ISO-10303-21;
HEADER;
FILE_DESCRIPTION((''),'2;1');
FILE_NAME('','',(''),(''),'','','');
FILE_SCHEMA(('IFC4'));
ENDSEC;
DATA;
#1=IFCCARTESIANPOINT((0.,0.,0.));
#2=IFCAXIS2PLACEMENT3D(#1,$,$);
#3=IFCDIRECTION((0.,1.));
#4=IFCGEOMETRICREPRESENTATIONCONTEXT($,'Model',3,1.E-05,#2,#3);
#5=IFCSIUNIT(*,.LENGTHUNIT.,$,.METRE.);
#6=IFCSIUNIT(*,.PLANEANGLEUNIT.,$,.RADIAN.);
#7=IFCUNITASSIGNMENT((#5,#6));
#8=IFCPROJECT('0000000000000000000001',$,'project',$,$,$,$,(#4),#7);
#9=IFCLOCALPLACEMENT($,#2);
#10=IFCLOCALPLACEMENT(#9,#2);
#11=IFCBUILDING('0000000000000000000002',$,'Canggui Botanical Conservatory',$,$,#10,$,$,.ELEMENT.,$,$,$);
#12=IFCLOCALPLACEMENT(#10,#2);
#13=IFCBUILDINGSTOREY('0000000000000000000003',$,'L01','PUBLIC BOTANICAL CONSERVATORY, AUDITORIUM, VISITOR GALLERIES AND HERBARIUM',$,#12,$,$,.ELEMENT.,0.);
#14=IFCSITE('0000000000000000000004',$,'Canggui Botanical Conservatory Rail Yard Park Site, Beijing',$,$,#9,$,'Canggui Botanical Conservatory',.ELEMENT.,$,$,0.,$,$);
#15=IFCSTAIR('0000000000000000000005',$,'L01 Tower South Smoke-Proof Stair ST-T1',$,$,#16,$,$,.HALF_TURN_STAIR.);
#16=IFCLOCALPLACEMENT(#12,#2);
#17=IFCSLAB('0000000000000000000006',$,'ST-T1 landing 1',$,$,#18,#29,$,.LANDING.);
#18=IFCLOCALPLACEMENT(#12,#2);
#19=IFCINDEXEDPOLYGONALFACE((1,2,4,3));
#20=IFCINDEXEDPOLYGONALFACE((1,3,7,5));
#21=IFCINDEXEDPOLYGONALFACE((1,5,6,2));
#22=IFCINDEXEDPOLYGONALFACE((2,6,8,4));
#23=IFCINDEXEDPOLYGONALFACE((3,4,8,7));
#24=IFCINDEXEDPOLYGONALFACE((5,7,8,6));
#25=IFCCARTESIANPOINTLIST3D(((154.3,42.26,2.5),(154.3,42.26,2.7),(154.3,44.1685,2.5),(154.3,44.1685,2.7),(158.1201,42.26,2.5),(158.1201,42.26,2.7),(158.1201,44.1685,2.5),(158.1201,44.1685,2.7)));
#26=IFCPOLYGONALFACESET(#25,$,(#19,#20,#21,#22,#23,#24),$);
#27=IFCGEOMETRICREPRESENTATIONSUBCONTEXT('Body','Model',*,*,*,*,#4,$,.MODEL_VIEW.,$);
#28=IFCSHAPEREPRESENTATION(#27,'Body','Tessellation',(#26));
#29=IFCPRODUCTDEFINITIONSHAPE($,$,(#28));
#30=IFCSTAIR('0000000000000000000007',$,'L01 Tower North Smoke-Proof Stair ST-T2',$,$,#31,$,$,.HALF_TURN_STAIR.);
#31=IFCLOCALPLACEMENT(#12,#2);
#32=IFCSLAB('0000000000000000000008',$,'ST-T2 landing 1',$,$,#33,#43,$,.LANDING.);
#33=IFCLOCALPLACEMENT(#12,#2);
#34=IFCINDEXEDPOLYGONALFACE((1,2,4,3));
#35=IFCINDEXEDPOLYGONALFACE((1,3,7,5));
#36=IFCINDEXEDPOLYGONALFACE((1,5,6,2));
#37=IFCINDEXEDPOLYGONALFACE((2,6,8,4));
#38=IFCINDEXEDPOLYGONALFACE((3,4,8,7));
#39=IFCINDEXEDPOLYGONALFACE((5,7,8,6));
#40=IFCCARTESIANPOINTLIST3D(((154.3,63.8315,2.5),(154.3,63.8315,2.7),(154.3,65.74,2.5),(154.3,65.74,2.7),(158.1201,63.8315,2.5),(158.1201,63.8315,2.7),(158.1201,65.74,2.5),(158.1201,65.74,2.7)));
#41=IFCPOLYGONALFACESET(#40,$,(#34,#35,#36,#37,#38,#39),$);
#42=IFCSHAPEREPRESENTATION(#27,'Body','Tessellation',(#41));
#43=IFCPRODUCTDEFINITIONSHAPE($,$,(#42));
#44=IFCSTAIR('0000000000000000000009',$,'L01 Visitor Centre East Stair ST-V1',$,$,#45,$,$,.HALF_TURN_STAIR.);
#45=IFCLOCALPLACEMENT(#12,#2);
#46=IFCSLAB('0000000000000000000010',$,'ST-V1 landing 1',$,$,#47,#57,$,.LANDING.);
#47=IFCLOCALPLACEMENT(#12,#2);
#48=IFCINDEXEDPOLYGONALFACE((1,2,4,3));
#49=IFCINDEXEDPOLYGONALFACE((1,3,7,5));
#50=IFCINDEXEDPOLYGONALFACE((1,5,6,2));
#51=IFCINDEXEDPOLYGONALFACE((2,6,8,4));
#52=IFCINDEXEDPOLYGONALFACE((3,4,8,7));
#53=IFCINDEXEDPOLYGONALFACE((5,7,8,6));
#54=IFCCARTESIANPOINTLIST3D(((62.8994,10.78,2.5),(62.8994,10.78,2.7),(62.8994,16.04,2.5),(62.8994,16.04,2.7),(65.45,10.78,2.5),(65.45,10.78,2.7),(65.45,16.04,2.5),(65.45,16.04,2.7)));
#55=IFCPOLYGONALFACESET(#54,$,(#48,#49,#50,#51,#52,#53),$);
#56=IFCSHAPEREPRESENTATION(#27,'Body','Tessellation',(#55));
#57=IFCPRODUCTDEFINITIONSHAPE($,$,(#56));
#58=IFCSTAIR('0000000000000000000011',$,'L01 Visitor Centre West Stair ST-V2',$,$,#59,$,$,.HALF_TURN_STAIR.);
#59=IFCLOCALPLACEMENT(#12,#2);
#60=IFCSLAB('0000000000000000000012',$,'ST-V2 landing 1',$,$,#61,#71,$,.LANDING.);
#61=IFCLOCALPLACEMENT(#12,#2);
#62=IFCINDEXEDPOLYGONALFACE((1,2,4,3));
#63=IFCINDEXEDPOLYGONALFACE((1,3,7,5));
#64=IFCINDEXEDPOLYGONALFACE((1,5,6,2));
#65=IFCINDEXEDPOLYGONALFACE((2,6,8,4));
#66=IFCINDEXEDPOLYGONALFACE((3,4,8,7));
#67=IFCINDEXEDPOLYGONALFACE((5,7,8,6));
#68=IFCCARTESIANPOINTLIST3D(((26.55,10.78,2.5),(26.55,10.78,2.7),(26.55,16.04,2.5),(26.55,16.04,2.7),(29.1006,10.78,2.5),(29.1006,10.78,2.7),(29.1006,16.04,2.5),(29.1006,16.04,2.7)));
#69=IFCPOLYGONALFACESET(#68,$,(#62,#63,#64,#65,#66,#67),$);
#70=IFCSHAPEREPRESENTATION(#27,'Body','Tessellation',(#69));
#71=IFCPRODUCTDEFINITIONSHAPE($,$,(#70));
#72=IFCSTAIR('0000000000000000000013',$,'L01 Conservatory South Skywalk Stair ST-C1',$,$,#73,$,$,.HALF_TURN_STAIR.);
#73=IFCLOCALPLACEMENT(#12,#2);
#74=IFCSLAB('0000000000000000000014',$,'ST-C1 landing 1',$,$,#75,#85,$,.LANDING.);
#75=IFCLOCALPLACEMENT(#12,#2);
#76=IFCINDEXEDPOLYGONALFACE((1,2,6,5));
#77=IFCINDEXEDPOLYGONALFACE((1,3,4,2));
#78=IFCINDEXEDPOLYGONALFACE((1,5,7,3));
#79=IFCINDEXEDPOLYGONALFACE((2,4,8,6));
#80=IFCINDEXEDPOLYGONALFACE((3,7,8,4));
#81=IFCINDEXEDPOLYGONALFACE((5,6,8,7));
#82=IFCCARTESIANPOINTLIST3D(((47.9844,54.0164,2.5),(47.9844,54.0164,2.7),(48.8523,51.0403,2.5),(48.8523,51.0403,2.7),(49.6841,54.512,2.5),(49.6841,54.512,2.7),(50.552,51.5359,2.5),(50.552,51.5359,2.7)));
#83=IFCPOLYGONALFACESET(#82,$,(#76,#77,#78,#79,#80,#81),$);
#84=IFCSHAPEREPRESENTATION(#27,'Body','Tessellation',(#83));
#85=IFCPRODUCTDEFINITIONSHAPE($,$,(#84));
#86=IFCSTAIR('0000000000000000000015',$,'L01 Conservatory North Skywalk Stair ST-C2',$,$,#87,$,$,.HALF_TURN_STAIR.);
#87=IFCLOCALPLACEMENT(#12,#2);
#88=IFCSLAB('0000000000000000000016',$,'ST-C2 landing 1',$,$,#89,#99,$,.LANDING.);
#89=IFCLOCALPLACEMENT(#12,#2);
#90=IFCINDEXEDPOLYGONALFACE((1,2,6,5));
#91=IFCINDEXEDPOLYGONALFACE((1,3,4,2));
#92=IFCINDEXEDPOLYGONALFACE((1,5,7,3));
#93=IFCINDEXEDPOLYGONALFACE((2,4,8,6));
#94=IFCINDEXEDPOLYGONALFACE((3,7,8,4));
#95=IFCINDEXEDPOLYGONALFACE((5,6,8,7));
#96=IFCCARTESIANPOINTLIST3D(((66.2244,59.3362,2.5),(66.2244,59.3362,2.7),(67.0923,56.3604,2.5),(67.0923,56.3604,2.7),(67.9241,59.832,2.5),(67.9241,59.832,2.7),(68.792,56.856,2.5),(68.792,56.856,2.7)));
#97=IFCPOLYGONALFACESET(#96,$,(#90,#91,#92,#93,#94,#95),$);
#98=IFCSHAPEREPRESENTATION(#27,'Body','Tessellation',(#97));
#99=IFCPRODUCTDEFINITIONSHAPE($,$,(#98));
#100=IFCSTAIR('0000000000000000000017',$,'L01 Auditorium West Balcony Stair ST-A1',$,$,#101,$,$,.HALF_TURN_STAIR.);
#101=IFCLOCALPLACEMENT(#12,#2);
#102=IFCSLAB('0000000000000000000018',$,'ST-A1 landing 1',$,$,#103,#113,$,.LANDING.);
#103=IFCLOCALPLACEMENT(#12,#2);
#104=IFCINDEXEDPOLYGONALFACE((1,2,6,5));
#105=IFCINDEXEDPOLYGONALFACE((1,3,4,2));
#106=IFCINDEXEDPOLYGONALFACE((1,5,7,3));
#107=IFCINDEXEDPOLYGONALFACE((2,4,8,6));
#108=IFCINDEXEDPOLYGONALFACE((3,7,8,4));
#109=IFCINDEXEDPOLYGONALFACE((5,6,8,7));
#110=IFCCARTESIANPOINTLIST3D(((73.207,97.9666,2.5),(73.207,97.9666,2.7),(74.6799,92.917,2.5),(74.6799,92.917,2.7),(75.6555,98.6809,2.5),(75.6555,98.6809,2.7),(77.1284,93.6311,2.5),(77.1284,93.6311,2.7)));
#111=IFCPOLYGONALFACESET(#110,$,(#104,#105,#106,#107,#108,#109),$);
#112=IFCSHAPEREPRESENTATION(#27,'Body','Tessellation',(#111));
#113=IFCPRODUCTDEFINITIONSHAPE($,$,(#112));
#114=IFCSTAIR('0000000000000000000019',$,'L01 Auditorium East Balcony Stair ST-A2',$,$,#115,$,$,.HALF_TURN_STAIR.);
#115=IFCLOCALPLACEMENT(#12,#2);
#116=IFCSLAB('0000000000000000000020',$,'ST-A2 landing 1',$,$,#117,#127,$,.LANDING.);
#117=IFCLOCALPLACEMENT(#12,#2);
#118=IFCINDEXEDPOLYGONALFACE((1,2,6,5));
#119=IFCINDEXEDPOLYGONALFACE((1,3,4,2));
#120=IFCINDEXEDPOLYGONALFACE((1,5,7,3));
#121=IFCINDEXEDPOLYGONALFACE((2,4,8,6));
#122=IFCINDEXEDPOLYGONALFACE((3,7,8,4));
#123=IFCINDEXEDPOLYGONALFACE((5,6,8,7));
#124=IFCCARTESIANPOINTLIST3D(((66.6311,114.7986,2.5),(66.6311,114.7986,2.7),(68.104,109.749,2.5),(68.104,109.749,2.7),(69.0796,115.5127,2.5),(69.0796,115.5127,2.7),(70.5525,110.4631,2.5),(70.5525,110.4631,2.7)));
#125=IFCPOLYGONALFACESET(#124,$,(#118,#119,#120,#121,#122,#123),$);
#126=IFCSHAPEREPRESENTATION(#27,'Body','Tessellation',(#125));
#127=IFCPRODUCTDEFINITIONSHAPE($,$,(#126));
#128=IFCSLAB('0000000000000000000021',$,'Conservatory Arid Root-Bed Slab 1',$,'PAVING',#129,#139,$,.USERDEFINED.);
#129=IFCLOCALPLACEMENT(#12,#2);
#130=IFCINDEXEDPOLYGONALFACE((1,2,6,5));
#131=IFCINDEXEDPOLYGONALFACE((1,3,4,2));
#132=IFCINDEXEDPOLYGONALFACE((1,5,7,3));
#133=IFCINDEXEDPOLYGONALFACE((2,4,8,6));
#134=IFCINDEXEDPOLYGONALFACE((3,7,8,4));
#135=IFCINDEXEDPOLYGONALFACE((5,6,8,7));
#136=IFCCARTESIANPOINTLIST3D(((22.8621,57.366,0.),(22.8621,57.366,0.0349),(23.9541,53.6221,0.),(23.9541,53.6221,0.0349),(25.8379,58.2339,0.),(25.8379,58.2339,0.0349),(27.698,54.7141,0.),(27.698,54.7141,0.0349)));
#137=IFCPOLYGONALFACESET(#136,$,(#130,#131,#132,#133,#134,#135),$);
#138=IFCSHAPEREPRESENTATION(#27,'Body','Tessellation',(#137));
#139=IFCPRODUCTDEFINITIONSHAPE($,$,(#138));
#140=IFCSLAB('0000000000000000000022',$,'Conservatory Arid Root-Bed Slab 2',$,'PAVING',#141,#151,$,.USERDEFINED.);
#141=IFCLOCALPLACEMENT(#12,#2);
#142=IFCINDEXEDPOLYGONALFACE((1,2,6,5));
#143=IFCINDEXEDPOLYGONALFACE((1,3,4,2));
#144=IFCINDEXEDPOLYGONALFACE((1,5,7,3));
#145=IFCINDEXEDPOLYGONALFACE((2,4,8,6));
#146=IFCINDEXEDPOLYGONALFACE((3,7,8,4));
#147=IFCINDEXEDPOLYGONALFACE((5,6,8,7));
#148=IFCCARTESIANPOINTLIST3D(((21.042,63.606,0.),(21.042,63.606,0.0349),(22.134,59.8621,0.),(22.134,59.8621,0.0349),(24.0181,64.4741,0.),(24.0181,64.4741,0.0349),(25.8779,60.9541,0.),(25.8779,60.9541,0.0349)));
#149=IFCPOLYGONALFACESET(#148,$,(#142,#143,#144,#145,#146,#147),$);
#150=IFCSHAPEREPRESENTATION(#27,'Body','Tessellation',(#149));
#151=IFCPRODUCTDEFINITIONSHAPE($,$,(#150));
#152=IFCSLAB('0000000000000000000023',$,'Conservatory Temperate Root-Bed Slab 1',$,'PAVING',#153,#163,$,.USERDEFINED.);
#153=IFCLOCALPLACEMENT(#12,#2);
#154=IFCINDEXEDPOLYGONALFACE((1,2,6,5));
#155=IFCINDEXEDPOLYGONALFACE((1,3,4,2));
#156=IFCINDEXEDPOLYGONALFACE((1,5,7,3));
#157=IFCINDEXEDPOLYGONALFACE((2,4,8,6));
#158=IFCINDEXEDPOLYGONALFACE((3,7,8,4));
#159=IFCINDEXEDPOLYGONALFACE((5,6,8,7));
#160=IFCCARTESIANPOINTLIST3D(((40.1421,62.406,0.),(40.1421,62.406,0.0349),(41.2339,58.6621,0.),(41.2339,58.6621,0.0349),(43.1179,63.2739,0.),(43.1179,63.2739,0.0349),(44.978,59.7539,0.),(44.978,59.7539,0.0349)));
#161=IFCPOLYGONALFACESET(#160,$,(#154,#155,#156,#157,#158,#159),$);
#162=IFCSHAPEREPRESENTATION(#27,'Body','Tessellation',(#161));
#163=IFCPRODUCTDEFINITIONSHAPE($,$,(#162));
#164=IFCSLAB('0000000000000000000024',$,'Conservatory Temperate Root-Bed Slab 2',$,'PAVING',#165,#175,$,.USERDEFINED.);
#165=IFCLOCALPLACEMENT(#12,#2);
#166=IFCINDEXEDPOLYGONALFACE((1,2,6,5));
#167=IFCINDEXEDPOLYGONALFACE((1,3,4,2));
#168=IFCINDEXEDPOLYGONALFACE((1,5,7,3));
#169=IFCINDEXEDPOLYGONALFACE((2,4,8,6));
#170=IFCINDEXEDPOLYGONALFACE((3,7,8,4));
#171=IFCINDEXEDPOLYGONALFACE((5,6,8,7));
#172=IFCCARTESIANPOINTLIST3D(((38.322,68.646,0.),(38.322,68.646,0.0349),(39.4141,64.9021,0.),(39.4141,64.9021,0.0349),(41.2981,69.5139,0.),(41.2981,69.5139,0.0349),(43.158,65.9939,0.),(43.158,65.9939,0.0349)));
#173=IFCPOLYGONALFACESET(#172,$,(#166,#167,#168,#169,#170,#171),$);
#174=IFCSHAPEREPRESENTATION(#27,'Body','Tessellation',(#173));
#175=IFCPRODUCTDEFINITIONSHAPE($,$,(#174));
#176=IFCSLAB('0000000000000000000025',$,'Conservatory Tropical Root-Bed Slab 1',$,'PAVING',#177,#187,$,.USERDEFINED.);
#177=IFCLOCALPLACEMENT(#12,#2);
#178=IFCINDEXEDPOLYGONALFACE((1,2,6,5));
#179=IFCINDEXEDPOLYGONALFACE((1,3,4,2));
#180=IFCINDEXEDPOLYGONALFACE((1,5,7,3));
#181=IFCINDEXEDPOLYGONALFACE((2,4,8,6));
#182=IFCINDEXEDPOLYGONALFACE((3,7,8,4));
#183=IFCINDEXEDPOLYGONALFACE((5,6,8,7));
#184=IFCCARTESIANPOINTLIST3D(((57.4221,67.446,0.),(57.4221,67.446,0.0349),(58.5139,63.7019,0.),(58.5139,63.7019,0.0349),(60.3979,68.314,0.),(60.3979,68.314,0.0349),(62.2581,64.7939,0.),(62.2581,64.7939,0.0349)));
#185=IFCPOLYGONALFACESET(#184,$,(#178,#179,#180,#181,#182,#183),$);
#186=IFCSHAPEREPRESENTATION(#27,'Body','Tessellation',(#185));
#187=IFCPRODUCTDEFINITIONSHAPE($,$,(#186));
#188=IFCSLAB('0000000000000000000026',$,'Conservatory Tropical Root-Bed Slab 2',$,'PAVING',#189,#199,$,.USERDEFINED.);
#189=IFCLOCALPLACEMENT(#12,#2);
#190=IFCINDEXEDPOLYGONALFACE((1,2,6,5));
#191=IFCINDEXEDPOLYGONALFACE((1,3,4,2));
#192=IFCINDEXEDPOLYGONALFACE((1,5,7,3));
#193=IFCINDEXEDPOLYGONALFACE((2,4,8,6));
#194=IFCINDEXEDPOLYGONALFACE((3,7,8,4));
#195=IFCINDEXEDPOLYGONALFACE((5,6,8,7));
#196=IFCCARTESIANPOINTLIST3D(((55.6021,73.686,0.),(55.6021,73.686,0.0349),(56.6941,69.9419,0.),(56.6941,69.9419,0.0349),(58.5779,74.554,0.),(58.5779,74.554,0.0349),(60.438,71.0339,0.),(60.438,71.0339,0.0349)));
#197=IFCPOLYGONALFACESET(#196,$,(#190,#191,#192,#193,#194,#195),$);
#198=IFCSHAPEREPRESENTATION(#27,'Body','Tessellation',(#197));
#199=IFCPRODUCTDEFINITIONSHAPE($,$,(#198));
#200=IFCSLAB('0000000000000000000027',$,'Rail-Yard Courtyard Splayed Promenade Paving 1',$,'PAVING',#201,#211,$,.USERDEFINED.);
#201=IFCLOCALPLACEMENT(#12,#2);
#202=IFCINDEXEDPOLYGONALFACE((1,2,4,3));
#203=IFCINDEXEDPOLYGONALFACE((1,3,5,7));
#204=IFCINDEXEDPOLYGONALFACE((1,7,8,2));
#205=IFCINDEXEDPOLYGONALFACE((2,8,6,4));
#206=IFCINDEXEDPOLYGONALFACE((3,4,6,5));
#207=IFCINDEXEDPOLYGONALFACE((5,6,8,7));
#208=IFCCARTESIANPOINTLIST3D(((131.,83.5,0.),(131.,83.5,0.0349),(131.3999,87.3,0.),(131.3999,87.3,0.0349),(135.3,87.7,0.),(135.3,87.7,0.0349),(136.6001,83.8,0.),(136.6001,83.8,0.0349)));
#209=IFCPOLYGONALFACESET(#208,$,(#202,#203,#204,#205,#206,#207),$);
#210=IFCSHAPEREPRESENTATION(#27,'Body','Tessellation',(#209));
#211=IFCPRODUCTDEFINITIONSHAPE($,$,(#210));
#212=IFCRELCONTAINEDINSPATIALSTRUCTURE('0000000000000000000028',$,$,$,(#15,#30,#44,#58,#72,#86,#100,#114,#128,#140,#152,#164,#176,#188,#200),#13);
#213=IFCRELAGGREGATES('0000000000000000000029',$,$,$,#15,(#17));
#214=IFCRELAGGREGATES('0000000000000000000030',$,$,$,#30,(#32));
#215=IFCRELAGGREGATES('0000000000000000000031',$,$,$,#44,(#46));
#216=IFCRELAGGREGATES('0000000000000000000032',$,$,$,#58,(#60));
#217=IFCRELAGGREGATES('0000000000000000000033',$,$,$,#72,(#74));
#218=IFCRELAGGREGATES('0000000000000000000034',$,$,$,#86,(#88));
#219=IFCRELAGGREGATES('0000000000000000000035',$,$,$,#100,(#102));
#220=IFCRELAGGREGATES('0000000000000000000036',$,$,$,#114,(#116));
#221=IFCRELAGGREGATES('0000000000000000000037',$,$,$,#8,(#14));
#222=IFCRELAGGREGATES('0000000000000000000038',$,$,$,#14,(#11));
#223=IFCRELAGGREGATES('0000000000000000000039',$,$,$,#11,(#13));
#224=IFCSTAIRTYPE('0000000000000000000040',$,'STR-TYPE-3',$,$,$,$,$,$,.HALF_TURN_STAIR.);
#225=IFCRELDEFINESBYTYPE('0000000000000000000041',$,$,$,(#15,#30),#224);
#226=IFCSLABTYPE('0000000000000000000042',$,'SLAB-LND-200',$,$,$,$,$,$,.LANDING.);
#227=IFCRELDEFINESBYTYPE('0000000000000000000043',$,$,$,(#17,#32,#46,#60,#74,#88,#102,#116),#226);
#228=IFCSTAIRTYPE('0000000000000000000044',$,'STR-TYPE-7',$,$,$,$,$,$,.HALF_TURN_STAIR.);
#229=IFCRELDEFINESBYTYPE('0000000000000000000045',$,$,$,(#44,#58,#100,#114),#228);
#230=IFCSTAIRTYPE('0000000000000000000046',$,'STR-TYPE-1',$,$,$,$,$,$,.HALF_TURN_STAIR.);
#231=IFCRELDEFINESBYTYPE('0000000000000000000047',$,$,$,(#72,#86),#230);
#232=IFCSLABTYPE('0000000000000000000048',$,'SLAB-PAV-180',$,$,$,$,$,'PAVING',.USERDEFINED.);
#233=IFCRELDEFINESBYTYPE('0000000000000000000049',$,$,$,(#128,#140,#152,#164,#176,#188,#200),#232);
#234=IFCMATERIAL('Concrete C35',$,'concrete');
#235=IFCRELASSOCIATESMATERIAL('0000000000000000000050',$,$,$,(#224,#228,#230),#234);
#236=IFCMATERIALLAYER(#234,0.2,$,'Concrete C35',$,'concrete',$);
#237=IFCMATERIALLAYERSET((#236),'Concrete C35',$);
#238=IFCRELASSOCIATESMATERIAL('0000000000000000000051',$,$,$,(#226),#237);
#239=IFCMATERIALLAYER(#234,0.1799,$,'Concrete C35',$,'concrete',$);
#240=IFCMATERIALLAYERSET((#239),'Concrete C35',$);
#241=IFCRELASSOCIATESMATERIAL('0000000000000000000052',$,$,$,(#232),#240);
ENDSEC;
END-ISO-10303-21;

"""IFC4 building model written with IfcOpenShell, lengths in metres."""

from ifc_helpers import new_model, si_unit, direction, frame, origin, place, context, subcontext, project, spatial, polyline, outline, extrude, material, layer, layer_set, type_object, element, aggregate, save


model = new_model("IFC4")

# Units and contexts
model_context = context("Model", 3, precision=1e-05, world=origin(), true_north=direction((0.0, 1.0)))
body_context = subcontext(model_context, "Body", "Model", "MODEL_VIEW")
ifc_project = project(units=[si_unit("LENGTHUNIT", "METRE"), si_unit("PLANEANGLEUNIT", "RADIAN")], contexts=[model_context])

# Site, building, storey
site_placement = place(None, origin())
site = spatial("IfcSite", under=ifc_project, at=site_placement, Name="Canggui Botanical Conservatory Rail Yard Park Site, Beijing", LongName="Canggui Botanical Conservatory", CompositionType="ELEMENT", RefElevation=0.0)
building_placement = place(site_placement, origin())
building = spatial("IfcBuilding", under=site, at=building_placement, Name="Canggui Botanical Conservatory", CompositionType="ELEMENT")
storey_placement = place(building_placement, origin())
storey = spatial("IfcBuildingStorey", under=building, at=storey_placement, Name="L01", Description="PUBLIC BOTANICAL CONSERVATORY, AUDITORIUM, VISITOR GALLERIES AND HERBARIUM", CompositionType="ELEMENT", Elevation=0.0)

# Stairs, slabs
ifc_material_1 = material(Name="Concrete C35", Category="concrete")
stair_type_1 = type_object("IfcStairType", Name="STR-TYPE-3", PredefinedType="HALF_TURN_STAIR", material=ifc_material_1)
stair_1_placement = place(storey_placement, origin())
stair_1 = element("IfcStair", 1, at=stair_1_placement, inside=storey, type_object=stair_type_1, Name="L01 Tower South Smoke-Proof Stair ST-T1", PredefinedType="HALF_TURN_STAIR")
ifc_layer_1 = layer(ifc_material_1, 0.2, Name="Concrete C35", Category="concrete")
ifc_layer_set_1 = layer_set([ifc_layer_1], Name="Concrete C35")
slab_type_1 = type_object("IfcSlabType", Name="SLAB-LND-200", PredefinedType="LANDING", material=ifc_layer_set_1)
slab_1_placement = place(storey_placement, frame((0.0, 0.0, 2.5)))
slab_1 = element("IfcSlab", 2, at=slab_1_placement, type_object=slab_type_1, Name="ST-T1 landing 1", PredefinedType="LANDING", context=body_context, shape_type="SweptSolid", body=[
    extrude(outline(polyline([(154.3, 44.1685), (154.3, 42.26), (158.1201, 42.26), (158.1201, 44.1685), (154.3, 44.1685)])), origin(), (0.0, 0.0, 1.0), 0.2),
])
aggregate(stair_1, [slab_1])
stair_2_placement = place(storey_placement, origin())
stair_2 = element("IfcStair", 3, at=stair_2_placement, inside=storey, type_object=stair_type_1, Name="L01 Tower North Smoke-Proof Stair ST-T2", PredefinedType="HALF_TURN_STAIR")
slab_2_placement = place(storey_placement, frame((0.0, 0.0, 2.5)))
slab_2 = element("IfcSlab", 4, at=slab_2_placement, type_object=slab_type_1, Name="ST-T2 landing 1", PredefinedType="LANDING", context=body_context, shape_type="SweptSolid", body=[
    extrude(outline(polyline([(158.1201, 63.8315), (158.1201, 65.74), (154.3, 65.74), (154.3, 63.8315), (158.1201, 63.8315)])), origin(), (0.0, 0.0, 1.0), 0.2),
])
aggregate(stair_2, [slab_2])
stair_type_2 = type_object("IfcStairType", Name="STR-TYPE-7", PredefinedType="HALF_TURN_STAIR", material=ifc_material_1)
stair_3_placement = place(storey_placement, origin())
stair_3 = element("IfcStair", 5, at=stair_3_placement, inside=storey, type_object=stair_type_2, Name="L01 Visitor Centre East Stair ST-V1", PredefinedType="HALF_TURN_STAIR")
slab_3_placement = place(storey_placement, frame((0.0, 0.0, 2.5)))
slab_3 = element("IfcSlab", 6, at=slab_3_placement, type_object=slab_type_1, Name="ST-V1 landing 1", PredefinedType="LANDING", context=body_context, shape_type="SweptSolid", body=[
    extrude(outline(polyline([(62.8994, 10.78), (65.45, 10.78), (65.45, 16.04), (62.8994, 16.04), (62.8994, 10.78)])), origin(), (0.0, 0.0, 1.0), 0.2),
])
aggregate(stair_3, [slab_3])
stair_4_placement = place(storey_placement, origin())
stair_4 = element("IfcStair", 7, at=stair_4_placement, inside=storey, type_object=stair_type_2, Name="L01 Visitor Centre West Stair ST-V2", PredefinedType="HALF_TURN_STAIR")
slab_4_placement = place(storey_placement, frame((0.0, 0.0, 2.5)))
slab_4 = element("IfcSlab", 8, at=slab_4_placement, type_object=slab_type_1, Name="ST-V2 landing 1", PredefinedType="LANDING", context=body_context, shape_type="SweptSolid", body=[
    extrude(outline(polyline([(29.1006, 16.04), (26.55, 16.04), (26.55, 10.78), (29.1006, 10.78), (29.1006, 16.04)])), origin(), (0.0, 0.0, 1.0), 0.2),
])
aggregate(stair_4, [slab_4])
stair_type_3 = type_object("IfcStairType", Name="STR-TYPE-1", PredefinedType="HALF_TURN_STAIR", material=ifc_material_1)
stair_5_placement = place(storey_placement, origin())
stair_5 = element("IfcStair", 9, at=stair_5_placement, inside=storey, type_object=stair_type_3, Name="L01 Conservatory South Skywalk Stair ST-C1", PredefinedType="HALF_TURN_STAIR")
slab_5_placement = place(storey_placement, frame((0.0, 0.0, 2.5)))
slab_5 = element("IfcSlab", 10, at=slab_5_placement, type_object=slab_type_1, Name="ST-C1 landing 1", PredefinedType="LANDING", context=body_context, shape_type="SweptSolid", body=[
    extrude(outline(polyline([(48.8523, 51.0403), (50.552, 51.5359), (49.6841, 54.512), (47.9844, 54.0164), (48.8523, 51.0403)])), origin(), (0.0, 0.0, 1.0), 0.2),
])
aggregate(stair_5, [slab_5])
stair_6_placement = place(storey_placement, origin())
stair_6 = element("IfcStair", 11, at=stair_6_placement, inside=storey, type_object=stair_type_3, Name="L01 Conservatory North Skywalk Stair ST-C2", PredefinedType="HALF_TURN_STAIR")
slab_6_placement = place(storey_placement, frame((0.0, 0.0, 2.5)))
slab_6 = element("IfcSlab", 12, at=slab_6_placement, type_object=slab_type_1, Name="ST-C2 landing 1", PredefinedType="LANDING", context=body_context, shape_type="SweptSolid", body=[
    extrude(outline(polyline([(67.0923, 56.3604), (68.792, 56.856), (67.9241, 59.832), (66.2244, 59.3362), (67.0923, 56.3604)])), origin(), (0.0, 0.0, 1.0), 0.2),
])
aggregate(stair_6, [slab_6])
stair_7_placement = place(storey_placement, origin())
stair_7 = element("IfcStair", 13, at=stair_7_placement, inside=storey, type_object=stair_type_2, Name="L01 Auditorium West Balcony Stair ST-A1", PredefinedType="HALF_TURN_STAIR")
slab_7_placement = place(storey_placement, frame((0.0, 0.0, 2.5)))
slab_7 = element("IfcSlab", 14, at=slab_7_placement, type_object=slab_type_1, Name="ST-A1 landing 1", PredefinedType="LANDING", context=body_context, shape_type="SweptSolid", body=[
    extrude(outline(polyline([(74.6799, 92.917), (77.1284, 93.6311), (75.6555, 98.6809), (73.207, 97.9666), (74.6799, 92.917)])), origin(), (0.0, 0.0, 1.0), 0.2),
])
aggregate(stair_7, [slab_7])
stair_8_placement = place(storey_placement, origin())
stair_8 = element("IfcStair", 15, at=stair_8_placement, inside=storey, type_object=stair_type_2, Name="L01 Auditorium East Balcony Stair ST-A2", PredefinedType="HALF_TURN_STAIR")
slab_8_placement = place(storey_placement, frame((0.0, 0.0, 2.5)))
slab_8 = element("IfcSlab", 16, at=slab_8_placement, type_object=slab_type_1, Name="ST-A2 landing 1", PredefinedType="LANDING", context=body_context, shape_type="SweptSolid", body=[
    extrude(outline(polyline([(68.104, 109.749), (70.5525, 110.4631), (69.0796, 115.5127), (66.6311, 114.7986), (68.104, 109.749)])), origin(), (0.0, 0.0, 1.0), 0.2),
])
aggregate(stair_8, [slab_8])

# Slabs
ifc_layer_2 = layer(ifc_material_1, 0.1799, Name="Concrete C35", Category="concrete")
ifc_layer_set_2 = layer_set([ifc_layer_2], Name="Concrete C35")
slab_type_2 = type_object("IfcSlabType", Name="SLAB-PAV-180", ElementType="PAVING", PredefinedType="USERDEFINED", material=ifc_layer_set_2)
slab_9_placement = place(storey_placement, origin())
element("IfcSlab", 17, at=slab_9_placement, inside=storey, type_object=slab_type_2, Name="Conservatory Arid Root-Bed Slab 1", ObjectType="PAVING", PredefinedType="USERDEFINED", context=body_context, shape_type="SweptSolid", body=[
    extrude(outline(polyline([(23.9541, 53.6221), (27.698, 54.7141), (25.8379, 58.2339), (22.8621, 57.366), (23.9541, 53.6221)])), origin(), (0.0, 0.0, 1.0), 0.0349),
])
slab_10_placement = place(storey_placement, origin())
element("IfcSlab", 18, at=slab_10_placement, inside=storey, type_object=slab_type_2, Name="Conservatory Arid Root-Bed Slab 2", ObjectType="PAVING", PredefinedType="USERDEFINED", context=body_context, shape_type="SweptSolid", body=[
    extrude(outline(polyline([(22.134, 59.8621), (25.8779, 60.9541), (24.0181, 64.4741), (21.042, 63.606), (22.134, 59.8621)])), origin(), (0.0, 0.0, 1.0), 0.0349),
])
slab_11_placement = place(storey_placement, origin())
element("IfcSlab", 19, at=slab_11_placement, inside=storey, type_object=slab_type_2, Name="Conservatory Temperate Root-Bed Slab 1", ObjectType="PAVING", PredefinedType="USERDEFINED", context=body_context, shape_type="SweptSolid", body=[
    extrude(outline(polyline([(41.2339, 58.6621), (44.978, 59.7539), (43.1179, 63.2739), (40.1421, 62.406), (41.2339, 58.6621)])), origin(), (0.0, 0.0, 1.0), 0.0349),
])
slab_12_placement = place(storey_placement, origin())
element("IfcSlab", 20, at=slab_12_placement, inside=storey, type_object=slab_type_2, Name="Conservatory Temperate Root-Bed Slab 2", ObjectType="PAVING", PredefinedType="USERDEFINED", context=body_context, shape_type="SweptSolid", body=[
    extrude(outline(polyline([(39.4141, 64.9021), (43.158, 65.9939), (41.2981, 69.5139), (38.322, 68.646), (39.4141, 64.9021)])), origin(), (0.0, 0.0, 1.0), 0.0349),
])
slab_13_placement = place(storey_placement, origin())
element("IfcSlab", 21, at=slab_13_placement, inside=storey, type_object=slab_type_2, Name="Conservatory Tropical Root-Bed Slab 1", ObjectType="PAVING", PredefinedType="USERDEFINED", context=body_context, shape_type="SweptSolid", body=[
    extrude(outline(polyline([(58.5139, 63.7019), (62.2581, 64.7939), (60.3979, 68.314), (57.4221, 67.446), (58.5139, 63.7019)])), origin(), (0.0, 0.0, 1.0), 0.0349),
])
slab_14_placement = place(storey_placement, origin())
element("IfcSlab", 22, at=slab_14_placement, inside=storey, type_object=slab_type_2, Name="Conservatory Tropical Root-Bed Slab 2", ObjectType="PAVING", PredefinedType="USERDEFINED", context=body_context, shape_type="SweptSolid", body=[
    extrude(outline(polyline([(56.6941, 69.9419), (60.438, 71.0339), (58.5779, 74.554), (55.6021, 73.686), (56.6941, 69.9419)])), origin(), (0.0, 0.0, 1.0), 0.0349),
])
slab_15_placement = place(storey_placement, origin())
element("IfcSlab", 23, at=slab_15_placement, inside=storey, type_object=slab_type_2, Name="Rail-Yard Courtyard Splayed Promenade Paving 1", ObjectType="PAVING", PredefinedType="USERDEFINED", context=body_context, shape_type="SweptSolid", body=[
    extrude(outline(polyline([(131.0, 83.5), (136.6001, 83.8), (135.3, 87.7), (131.3999, 87.3), (131.0, 83.5)])), origin(), (0.0, 0.0, 1.0), 0.0349),
])

save(model, "model.ifc")
